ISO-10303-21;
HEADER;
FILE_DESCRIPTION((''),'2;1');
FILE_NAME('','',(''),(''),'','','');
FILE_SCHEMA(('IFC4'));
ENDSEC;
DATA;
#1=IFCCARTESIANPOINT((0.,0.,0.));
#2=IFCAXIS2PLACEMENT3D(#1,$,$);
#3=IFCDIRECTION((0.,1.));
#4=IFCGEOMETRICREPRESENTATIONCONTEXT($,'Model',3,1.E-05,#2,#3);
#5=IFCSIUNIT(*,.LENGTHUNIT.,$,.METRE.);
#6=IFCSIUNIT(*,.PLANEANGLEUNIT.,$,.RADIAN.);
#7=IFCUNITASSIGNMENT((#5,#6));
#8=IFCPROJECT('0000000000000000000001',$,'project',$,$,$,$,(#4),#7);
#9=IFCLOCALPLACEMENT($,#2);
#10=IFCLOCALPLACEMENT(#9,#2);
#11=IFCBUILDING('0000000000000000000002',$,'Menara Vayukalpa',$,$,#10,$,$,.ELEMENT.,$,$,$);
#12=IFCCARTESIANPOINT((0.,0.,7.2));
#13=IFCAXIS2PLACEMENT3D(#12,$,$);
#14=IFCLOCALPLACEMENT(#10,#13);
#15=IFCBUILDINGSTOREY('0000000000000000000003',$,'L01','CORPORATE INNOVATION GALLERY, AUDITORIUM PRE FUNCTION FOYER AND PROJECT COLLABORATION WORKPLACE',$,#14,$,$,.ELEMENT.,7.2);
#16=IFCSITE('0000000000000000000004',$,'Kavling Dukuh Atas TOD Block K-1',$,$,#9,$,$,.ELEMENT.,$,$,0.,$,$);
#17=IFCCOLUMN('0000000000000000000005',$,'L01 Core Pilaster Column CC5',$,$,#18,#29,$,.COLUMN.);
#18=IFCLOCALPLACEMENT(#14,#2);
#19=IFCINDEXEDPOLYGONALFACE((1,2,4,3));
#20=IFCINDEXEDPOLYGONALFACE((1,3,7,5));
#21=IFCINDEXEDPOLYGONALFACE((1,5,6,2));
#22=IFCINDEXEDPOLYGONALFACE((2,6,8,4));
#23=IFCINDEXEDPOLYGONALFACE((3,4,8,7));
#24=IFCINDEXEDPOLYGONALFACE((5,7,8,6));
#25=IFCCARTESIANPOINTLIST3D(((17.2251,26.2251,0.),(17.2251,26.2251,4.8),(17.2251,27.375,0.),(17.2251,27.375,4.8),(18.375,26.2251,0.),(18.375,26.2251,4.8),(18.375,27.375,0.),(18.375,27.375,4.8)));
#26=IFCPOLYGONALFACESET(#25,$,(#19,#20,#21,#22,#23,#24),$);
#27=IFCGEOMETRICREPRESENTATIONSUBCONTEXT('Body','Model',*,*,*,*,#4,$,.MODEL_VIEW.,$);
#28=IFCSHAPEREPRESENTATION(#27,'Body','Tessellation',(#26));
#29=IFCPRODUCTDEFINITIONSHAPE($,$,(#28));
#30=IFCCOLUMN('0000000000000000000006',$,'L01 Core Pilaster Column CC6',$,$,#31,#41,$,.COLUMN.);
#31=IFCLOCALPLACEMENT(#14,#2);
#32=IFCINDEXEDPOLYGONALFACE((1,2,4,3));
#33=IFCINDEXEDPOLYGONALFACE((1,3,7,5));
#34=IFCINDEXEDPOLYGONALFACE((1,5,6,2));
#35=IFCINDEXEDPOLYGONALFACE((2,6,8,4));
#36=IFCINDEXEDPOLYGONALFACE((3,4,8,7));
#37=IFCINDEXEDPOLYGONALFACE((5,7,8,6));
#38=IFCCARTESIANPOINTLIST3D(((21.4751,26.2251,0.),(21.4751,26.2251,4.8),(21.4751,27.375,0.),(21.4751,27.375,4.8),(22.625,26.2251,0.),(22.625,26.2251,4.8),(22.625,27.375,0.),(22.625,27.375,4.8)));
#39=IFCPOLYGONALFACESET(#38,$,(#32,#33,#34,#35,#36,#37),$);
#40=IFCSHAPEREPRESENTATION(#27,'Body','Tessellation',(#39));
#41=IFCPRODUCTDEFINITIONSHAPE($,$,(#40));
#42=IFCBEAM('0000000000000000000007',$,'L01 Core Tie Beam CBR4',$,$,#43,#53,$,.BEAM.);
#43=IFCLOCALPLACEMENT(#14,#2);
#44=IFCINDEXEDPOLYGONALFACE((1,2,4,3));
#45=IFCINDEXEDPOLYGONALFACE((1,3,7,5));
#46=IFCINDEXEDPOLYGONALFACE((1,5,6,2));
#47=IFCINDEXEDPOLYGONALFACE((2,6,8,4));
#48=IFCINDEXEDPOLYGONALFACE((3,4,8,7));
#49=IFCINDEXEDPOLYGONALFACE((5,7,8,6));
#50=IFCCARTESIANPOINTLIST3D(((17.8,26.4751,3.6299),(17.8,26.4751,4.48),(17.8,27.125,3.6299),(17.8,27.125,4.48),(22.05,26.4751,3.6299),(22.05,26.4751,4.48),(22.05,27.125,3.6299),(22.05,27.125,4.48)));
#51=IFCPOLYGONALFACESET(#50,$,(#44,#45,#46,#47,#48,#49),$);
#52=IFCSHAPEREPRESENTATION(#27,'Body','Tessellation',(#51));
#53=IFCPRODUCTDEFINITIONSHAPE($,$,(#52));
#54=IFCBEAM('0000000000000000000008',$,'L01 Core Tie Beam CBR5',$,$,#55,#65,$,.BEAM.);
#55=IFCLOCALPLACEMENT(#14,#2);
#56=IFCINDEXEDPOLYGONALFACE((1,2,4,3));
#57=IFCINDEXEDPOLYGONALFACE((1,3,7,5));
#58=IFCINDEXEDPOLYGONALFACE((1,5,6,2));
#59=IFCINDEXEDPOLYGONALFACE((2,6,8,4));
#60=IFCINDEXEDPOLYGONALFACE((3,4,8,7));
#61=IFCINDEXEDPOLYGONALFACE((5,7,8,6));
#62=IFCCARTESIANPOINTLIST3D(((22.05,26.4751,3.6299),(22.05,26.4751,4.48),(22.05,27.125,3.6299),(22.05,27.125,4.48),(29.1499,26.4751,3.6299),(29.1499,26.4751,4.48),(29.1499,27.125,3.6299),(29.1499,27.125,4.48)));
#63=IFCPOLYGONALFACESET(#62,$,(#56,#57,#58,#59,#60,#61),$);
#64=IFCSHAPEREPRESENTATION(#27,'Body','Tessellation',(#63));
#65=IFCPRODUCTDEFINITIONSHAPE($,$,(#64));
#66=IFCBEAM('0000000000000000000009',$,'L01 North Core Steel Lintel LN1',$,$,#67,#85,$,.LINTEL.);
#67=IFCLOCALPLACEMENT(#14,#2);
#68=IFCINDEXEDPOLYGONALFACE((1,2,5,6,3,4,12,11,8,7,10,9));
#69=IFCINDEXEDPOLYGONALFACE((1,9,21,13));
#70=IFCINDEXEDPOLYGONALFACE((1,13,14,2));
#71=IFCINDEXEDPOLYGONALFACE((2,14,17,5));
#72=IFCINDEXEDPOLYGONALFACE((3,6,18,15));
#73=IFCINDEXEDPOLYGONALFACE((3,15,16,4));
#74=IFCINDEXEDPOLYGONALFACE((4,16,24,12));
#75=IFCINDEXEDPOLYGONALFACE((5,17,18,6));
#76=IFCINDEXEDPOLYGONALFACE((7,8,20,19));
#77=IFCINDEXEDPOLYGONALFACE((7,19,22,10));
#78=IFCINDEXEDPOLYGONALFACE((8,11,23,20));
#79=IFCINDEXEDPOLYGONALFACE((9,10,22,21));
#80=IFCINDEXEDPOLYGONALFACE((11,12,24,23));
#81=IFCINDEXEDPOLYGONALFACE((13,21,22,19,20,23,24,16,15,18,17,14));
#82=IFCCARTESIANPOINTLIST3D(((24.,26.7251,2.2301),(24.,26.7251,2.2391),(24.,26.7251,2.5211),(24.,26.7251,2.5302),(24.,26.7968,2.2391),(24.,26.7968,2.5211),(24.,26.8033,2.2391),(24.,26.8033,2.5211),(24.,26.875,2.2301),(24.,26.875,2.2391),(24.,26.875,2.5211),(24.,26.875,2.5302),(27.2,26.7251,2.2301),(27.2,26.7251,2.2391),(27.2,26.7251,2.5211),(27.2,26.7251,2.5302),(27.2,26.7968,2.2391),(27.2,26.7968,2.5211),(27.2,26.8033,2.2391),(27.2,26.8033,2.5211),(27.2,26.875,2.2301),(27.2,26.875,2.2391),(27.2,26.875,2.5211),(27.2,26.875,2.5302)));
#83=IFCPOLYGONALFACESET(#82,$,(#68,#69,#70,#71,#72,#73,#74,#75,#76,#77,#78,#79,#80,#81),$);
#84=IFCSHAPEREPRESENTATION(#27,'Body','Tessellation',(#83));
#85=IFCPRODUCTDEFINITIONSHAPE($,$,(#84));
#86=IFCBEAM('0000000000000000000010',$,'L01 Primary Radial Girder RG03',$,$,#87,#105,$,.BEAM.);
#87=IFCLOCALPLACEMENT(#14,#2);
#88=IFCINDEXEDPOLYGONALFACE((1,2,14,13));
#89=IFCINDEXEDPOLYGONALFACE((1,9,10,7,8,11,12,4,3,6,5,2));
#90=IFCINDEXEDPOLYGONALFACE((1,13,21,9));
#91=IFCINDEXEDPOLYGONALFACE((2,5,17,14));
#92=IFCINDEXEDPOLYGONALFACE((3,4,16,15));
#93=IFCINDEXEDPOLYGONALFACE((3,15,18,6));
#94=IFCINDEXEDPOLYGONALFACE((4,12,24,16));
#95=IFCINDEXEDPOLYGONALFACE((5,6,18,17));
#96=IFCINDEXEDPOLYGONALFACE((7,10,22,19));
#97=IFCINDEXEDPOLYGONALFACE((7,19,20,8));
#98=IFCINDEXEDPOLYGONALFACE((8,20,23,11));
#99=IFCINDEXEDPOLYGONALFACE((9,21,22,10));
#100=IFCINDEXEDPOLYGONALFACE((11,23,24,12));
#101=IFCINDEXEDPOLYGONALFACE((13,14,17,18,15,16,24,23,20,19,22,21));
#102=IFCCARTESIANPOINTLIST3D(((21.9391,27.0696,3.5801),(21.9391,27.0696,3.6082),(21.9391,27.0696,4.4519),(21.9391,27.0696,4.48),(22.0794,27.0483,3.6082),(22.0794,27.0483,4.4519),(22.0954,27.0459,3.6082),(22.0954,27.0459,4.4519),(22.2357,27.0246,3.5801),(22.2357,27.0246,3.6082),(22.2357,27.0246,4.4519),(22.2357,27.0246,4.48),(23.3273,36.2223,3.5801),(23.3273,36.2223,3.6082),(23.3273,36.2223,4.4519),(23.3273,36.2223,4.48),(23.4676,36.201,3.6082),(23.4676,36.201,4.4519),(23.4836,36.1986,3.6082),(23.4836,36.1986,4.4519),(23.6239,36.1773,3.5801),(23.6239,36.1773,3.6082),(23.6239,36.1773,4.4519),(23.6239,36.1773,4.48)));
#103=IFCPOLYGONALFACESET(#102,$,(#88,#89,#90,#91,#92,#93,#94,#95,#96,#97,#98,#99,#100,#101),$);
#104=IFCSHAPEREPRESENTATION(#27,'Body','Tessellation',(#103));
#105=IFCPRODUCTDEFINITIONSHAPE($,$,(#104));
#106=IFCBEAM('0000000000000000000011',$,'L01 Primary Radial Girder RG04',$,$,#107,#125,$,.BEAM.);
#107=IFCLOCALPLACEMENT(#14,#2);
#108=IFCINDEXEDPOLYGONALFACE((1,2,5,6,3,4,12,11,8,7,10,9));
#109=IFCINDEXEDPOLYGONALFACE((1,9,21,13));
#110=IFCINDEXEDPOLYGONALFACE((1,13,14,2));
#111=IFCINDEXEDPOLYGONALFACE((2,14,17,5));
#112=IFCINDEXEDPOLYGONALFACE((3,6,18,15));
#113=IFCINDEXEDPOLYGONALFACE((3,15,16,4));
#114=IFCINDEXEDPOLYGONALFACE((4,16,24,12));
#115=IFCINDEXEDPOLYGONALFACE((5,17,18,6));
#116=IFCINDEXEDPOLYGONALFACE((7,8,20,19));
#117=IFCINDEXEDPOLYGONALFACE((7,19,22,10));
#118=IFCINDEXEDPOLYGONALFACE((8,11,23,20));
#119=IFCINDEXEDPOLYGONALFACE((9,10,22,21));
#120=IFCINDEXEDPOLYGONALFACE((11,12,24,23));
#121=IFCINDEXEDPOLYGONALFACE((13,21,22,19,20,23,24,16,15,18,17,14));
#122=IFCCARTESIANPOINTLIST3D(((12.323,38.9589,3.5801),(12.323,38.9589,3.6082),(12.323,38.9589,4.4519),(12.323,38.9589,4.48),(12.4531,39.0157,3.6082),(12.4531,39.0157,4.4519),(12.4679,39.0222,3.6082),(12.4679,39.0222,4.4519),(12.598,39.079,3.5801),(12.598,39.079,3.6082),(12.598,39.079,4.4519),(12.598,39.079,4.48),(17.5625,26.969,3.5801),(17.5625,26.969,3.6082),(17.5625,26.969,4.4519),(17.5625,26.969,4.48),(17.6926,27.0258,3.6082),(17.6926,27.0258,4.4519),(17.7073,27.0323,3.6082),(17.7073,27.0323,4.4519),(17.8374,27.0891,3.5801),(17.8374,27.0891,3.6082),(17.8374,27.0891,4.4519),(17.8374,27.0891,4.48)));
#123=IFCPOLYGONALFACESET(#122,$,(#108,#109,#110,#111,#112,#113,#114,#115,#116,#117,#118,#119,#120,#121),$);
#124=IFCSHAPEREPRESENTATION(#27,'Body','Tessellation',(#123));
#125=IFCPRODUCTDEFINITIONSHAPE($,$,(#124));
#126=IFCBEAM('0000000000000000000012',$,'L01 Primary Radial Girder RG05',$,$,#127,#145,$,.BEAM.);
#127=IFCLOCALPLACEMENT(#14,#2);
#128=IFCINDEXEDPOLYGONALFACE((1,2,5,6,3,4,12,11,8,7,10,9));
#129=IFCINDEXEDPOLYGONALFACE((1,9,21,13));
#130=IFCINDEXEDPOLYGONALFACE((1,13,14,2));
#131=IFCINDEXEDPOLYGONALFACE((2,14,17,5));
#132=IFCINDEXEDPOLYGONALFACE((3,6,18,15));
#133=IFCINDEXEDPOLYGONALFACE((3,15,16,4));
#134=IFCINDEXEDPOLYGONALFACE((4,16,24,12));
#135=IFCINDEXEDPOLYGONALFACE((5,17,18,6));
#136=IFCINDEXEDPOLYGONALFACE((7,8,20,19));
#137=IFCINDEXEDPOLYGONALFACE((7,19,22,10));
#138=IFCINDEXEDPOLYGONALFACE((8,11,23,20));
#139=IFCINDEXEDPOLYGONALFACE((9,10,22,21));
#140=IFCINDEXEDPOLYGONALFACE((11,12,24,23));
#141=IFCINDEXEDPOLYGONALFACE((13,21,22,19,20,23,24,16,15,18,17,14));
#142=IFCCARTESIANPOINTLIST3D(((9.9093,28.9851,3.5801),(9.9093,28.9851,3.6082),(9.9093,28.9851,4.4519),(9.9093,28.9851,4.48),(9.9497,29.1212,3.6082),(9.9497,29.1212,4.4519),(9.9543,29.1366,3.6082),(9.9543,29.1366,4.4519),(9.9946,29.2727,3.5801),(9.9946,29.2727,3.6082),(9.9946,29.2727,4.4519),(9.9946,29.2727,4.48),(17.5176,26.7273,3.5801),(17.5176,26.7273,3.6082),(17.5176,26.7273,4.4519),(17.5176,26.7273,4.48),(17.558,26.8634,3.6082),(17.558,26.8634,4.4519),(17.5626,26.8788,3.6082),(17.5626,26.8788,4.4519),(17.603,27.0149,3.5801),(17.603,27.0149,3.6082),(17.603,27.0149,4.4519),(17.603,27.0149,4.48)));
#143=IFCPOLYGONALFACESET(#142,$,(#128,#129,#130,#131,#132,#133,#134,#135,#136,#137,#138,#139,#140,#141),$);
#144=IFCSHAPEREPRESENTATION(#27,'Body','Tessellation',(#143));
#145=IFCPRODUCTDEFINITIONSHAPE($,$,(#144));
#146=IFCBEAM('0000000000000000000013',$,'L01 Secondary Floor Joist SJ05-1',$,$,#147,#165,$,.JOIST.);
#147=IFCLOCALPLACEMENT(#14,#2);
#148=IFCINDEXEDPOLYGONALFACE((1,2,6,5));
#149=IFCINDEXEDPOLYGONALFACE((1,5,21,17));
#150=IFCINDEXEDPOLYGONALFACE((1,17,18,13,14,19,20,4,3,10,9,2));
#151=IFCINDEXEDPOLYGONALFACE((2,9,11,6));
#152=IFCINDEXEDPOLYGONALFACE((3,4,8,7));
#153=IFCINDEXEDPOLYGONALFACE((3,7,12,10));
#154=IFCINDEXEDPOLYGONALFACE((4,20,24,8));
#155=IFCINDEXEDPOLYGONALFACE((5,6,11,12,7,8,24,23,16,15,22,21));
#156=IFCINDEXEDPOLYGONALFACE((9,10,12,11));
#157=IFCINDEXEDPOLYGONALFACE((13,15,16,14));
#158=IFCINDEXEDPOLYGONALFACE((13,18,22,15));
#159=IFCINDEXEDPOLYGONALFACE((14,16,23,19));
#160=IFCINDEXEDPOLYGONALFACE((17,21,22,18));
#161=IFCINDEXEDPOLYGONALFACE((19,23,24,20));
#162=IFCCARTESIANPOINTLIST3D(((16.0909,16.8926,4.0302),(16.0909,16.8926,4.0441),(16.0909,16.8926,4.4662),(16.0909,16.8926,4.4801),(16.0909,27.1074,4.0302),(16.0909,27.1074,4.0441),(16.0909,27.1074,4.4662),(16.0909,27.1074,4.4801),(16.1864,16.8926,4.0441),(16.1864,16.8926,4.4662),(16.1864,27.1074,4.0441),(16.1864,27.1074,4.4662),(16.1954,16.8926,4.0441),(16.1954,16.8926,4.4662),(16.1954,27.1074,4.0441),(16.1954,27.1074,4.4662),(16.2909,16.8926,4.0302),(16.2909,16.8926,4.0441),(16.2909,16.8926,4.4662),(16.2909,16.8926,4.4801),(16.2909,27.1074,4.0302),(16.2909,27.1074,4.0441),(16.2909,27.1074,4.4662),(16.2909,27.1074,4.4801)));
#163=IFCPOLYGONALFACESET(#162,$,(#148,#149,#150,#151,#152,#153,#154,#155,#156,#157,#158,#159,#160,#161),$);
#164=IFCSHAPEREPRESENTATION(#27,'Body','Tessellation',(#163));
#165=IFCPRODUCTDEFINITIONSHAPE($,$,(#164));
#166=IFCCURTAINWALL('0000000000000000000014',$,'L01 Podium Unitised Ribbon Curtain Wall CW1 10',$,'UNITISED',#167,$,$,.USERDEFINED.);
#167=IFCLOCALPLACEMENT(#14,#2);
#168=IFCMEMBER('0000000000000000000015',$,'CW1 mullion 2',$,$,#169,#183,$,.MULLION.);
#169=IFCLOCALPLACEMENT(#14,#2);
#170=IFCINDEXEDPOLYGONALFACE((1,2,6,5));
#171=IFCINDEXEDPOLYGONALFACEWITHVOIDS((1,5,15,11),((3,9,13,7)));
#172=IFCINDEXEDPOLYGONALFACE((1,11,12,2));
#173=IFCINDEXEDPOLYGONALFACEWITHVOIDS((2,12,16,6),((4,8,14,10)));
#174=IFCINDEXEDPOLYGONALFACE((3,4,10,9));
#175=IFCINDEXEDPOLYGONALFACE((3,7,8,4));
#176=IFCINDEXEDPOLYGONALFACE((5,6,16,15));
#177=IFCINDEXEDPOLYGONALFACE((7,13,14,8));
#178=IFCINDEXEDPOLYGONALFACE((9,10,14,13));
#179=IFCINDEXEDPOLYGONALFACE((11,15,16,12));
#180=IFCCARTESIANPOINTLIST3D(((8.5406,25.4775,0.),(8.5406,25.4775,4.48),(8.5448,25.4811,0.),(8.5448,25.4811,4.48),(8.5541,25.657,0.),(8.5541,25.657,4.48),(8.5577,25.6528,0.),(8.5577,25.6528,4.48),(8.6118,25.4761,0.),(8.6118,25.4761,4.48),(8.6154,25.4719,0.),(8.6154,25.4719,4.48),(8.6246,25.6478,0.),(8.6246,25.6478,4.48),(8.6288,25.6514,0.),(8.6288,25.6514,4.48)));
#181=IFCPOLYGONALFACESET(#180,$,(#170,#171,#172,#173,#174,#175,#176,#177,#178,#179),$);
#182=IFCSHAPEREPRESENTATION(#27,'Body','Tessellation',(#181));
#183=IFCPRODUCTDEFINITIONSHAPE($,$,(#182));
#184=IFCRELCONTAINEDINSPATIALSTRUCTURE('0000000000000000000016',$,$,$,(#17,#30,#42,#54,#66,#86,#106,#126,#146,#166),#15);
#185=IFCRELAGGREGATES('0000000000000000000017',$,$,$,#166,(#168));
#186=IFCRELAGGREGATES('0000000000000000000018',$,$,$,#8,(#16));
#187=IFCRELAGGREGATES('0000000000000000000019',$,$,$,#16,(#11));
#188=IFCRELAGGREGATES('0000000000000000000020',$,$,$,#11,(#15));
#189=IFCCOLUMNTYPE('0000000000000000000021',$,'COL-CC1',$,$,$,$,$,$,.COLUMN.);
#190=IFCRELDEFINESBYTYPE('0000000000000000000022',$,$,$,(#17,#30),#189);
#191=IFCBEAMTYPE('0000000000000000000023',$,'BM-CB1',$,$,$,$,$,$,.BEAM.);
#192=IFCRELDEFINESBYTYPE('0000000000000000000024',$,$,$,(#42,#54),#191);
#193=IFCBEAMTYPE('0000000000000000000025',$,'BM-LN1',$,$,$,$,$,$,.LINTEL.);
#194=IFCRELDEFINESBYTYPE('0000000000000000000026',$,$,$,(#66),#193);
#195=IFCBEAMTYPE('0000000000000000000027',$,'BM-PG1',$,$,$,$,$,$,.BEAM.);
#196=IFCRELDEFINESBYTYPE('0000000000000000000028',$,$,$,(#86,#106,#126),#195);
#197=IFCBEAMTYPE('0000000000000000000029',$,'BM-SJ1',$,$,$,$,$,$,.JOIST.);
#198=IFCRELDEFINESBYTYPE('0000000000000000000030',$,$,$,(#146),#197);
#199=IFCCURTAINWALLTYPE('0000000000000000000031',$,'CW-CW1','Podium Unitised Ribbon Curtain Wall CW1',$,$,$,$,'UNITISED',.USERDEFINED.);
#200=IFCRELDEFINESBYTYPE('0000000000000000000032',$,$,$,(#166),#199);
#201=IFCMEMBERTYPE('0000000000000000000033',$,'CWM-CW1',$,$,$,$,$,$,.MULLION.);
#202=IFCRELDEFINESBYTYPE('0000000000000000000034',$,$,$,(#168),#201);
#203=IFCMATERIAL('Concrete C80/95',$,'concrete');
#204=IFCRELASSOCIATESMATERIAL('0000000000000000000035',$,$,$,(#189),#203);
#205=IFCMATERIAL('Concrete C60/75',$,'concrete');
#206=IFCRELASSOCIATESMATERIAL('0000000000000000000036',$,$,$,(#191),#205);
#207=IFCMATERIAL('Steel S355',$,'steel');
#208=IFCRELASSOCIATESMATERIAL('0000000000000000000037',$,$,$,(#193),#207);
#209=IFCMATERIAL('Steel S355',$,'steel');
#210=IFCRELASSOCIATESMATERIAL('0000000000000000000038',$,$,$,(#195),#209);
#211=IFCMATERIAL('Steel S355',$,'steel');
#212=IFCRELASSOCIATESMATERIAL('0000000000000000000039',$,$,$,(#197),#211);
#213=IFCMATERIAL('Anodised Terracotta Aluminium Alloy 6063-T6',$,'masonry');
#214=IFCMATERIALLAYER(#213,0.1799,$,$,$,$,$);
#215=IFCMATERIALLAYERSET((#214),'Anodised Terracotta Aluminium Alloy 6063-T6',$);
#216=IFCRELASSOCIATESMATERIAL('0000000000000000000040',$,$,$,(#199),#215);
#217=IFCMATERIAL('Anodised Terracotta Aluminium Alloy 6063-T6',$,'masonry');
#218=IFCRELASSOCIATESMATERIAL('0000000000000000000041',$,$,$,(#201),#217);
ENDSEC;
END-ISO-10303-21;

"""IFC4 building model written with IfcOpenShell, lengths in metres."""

from ifc_helpers import new_model, si_unit, direction, frame, origin, origin_2d, place, context, subcontext, project, spatial, rectangle, hollow_rectangle, i_section, extrude, material, layer, layer_set, material_profile, profile_set, type_object, element, aggregate, save


model = new_model("IFC4")

# Units and contexts
model_context = context("Model", 3, precision=1e-05, world=origin(), true_north=direction((0.0, 1.0)))
body_context = subcontext(model_context, "Body", "Model", "MODEL_VIEW")
ifc_project = project(units=[si_unit("LENGTHUNIT", "METRE"), si_unit("PLANEANGLEUNIT", "RADIAN")], contexts=[model_context])

# Site, building, storey
site_placement = place(None, origin())
site = spatial("IfcSite", under=ifc_project, at=site_placement, Name="Kavling Dukuh Atas TOD Block K-1", CompositionType="ELEMENT", RefElevation=0.0)
building_placement = place(site_placement, origin())
building = spatial("IfcBuilding", under=site, at=building_placement, Name="Menara Vayukalpa", CompositionType="ELEMENT")
storey_placement = place(building_placement, frame((0.0, 0.0, 7.2)))
storey = spatial("IfcBuildingStorey", under=building, at=storey_placement, Name="L01", Description="CORPORATE INNOVATION GALLERY, AUDITORIUM PRE FUNCTION FOYER AND PROJECT COLLABORATION WORKPLACE", CompositionType="ELEMENT", Elevation=7.2)

# Columns
ifc_material_1 = material(Name="Concrete C80/95", Category="concrete")
ifc_material_profile_1 = material_profile(ifc_material_1, rectangle(XDim=1.1499, YDim=1.1499, at=origin_2d()), Name="RC 1150x1150")
ifc_profile_set_1 = profile_set([ifc_material_profile_1], Name="Concrete C80/95")
column_type = type_object("IfcColumnType", Name="COL-CC1", PredefinedType="COLUMN", material=ifc_profile_set_1)
for number, where, z_axis, x_axis, name in (
    (1, (17.8, 26.8, 0.0), (0.0, 0.0, 1.0), (1.0, 0.0, 0.0), "L01 Core Pilaster Column CC5"),
    (2, (22.05, 26.8, 0.0), (0.0, 0.0, 1.0), (1.0, 0.0, 0.0), "L01 Core Pilaster Column CC6"),
):
    element("IfcColumn", number, at=place(storey_placement, frame(where, z_axis=z_axis, x_axis=x_axis)), inside=storey, type_object=column_type, Name=name, PredefinedType="COLUMN", context=body_context, shape_type="SweptSolid", body=[
        extrude(rectangle(XDim=1.1499, YDim=1.1499, at=origin_2d()), origin(), (0.0, 0.0, 1.0), 4.8),
    ])

# Beams
ifc_material_2 = material(Name="Concrete C60/75", Category="concrete")
ifc_material_profile_2 = material_profile(ifc_material_2, rectangle(XDim=0.6499, YDim=0.8501, at=origin_2d()), Name="RC 650x850")
ifc_profile_set_2 = profile_set([ifc_material_profile_2], Name="Concrete C60/75")
beam_type_1 = type_object("IfcBeamType", Name="BM-CB1", PredefinedType="BEAM", material=ifc_profile_set_2)
beam_1_placement = place(storey_placement, frame((17.8, 26.8, 4.0549), z_axis=(1.0, 0.0, 0.0), x_axis=(0.0, 1.0, 0.0)))
element("IfcBeam", 3, at=beam_1_placement, inside=storey, type_object=beam_type_1, Name="L01 Core Tie Beam CBR4", PredefinedType="BEAM", context=body_context, shape_type="SweptSolid", body=[
    extrude(rectangle(XDim=0.6499, YDim=0.8501, at=origin_2d()), origin(), (0.0, 0.0, 1.0), 4.25),
])
beam_2_placement = place(storey_placement, frame((22.05, 26.8, 4.0549), z_axis=(1.0, 0.0, 0.0), x_axis=(0.0, 1.0, 0.0)))
element("IfcBeam", 4, at=beam_2_placement, inside=storey, type_object=beam_type_1, Name="L01 Core Tie Beam CBR5", PredefinedType="BEAM", context=body_context, shape_type="SweptSolid", body=[
    extrude(rectangle(XDim=0.6499, YDim=0.8501, at=origin_2d()), origin(), (0.0, 0.0, 1.0), 7.0999),
])
ifc_material_3 = material(Name="Steel S355", Category="steel")
ifc_material_profile_3 = material_profile(ifc_material_3, i_section(OverallWidth=0.1499, OverallDepth=0.3, WebThickness=0.0066, FlangeThickness=0.009, at=origin_2d()), Name="WF 300x150x6.5x9")
ifc_profile_set_3 = profile_set([ifc_material_profile_3], Name="Steel S355")
beam_type_2 = type_object("IfcBeamType", Name="BM-LN1", PredefinedType="LINTEL", material=ifc_profile_set_3)
beam_3_placement = place(storey_placement, frame((24.0, 26.8, 2.3801), z_axis=(1.0, 0.0, 0.0), x_axis=(0.0, 1.0, 0.0)))
element("IfcBeam", 5, at=beam_3_placement, inside=storey, type_object=beam_type_2, Name="L01 North Core Steel Lintel LN1", PredefinedType="LINTEL", context=body_context, shape_type="SweptSolid", body=[
    extrude(i_section(OverallWidth=0.1499, OverallDepth=0.3, WebThickness=0.0066, FlangeThickness=0.009, at=origin_2d()), origin(), (0.0, 0.0, 1.0), 3.2),
])
ifc_material_4 = material(Name="Steel S355", Category="steel")
ifc_material_profile_4 = material_profile(ifc_material_4, i_section(OverallWidth=0.3, OverallDepth=0.8999, WebThickness=0.0161, FlangeThickness=0.0281, at=origin_2d()), Name="WF 900x300x16x28")
ifc_profile_set_4 = profile_set([ifc_material_profile_4], Name="Steel S355")
beam_type_3 = type_object("IfcBeamType", Name="BM-PG1", PredefinedType="BEAM", material=ifc_profile_set_4)
beam_4_placement = place(storey_placement, frame((22.0874, 27.0471, 4.03), z_axis=(0.149956, 0.988693, 0.0), x_axis=(-0.988693, 0.149956, 0.0)))
element("IfcBeam", 6, at=beam_4_placement, inside=storey, type_object=beam_type_3, Name="L01 Primary Radial Girder RG03", PredefinedType="BEAM", context=body_context, shape_type="SweptSolid", body=[
    extrude(i_section(OverallWidth=0.3, OverallDepth=0.8999, WebThickness=0.0161, FlangeThickness=0.0281, at=origin_2d()), origin(), (0.0, 0.0, 1.0), 9.2573),
])
beam_5_placement = place(storey_placement, frame((17.7, 27.0291, 4.03), z_axis=(-0.400426, 0.916329, 0.0), x_axis=(-0.916329, -0.400426, 0.0)))
element("IfcBeam", 7, at=beam_5_placement, inside=storey, type_object=beam_type_3, Name="L01 Primary Radial Girder RG04", PredefinedType="BEAM", context=body_context, shape_type="SweptSolid", body=[
    extrude(i_section(OverallWidth=0.3, OverallDepth=0.8999, WebThickness=0.0161, FlangeThickness=0.0281, at=origin_2d()), origin(), (0.0, 0.0, 1.0), 13.0847),
])
beam_6_placement = place(storey_placement, frame((17.5603, 26.8711, 4.03), z_axis=(-0.958679, 0.284491, 0.0), x_axis=(-0.284491, -0.958679, 0.0)))
element("IfcBeam", 8, at=beam_6_placement, inside=storey, type_object=beam_type_3, Name="L01 Primary Radial Girder RG05", PredefinedType="BEAM", context=body_context, shape_type="SweptSolid", body=[
    extrude(i_section(OverallWidth=0.3, OverallDepth=0.8999, WebThickness=0.0161, FlangeThickness=0.0281, at=origin_2d()), origin(), (0.0, 0.0, 1.0), 7.9363),
])
ifc_material_5 = material(Name="Steel S355", Category="steel")
ifc_material_profile_5 = material_profile(ifc_material_5, i_section(OverallWidth=0.2, OverallDepth=0.45, WebThickness=0.009, FlangeThickness=0.0139, at=origin_2d()), Name="WF 450x200x9x14")
ifc_profile_set_5 = profile_set([ifc_material_profile_5], Name="Steel S355")
beam_type_4 = type_object("IfcBeamType", Name="BM-SJ1", PredefinedType="JOIST", material=ifc_profile_set_5)
beam_7_placement = place(storey_placement, frame((16.1909, 27.1074, 4.2551), z_axis=(0.0, -1.0, 0.0), x_axis=(1.0, 0.0, 0.0)))
element("IfcBeam", 9, at=beam_7_placement, inside=storey, type_object=beam_type_4, Name="L01 Secondary Floor Joist SJ05-1", PredefinedType="JOIST", context=body_context, shape_type="SweptSolid", body=[
    extrude(i_section(OverallWidth=0.2, OverallDepth=0.45, WebThickness=0.009, FlangeThickness=0.0139, at=origin_2d()), origin(), (0.0, 0.0, 1.0), 10.2148),
])

# Curtain wall, member
ifc_material_6 = material(Name="Anodised Terracotta Aluminium Alloy 6063-T6", Category="masonry")
ifc_layer_1 = layer(ifc_material_6, 0.1799)
ifc_layer_set_1 = layer_set([ifc_layer_1], Name="Anodised Terracotta Aluminium Alloy 6063-T6")
curtain_wall_type = type_object("IfcCurtainWallType", Name="CW-CW1", Description="Podium Unitised Ribbon Curtain Wall CW1", ElementType="UNITISED", PredefinedType="USERDEFINED", material=ifc_layer_set_1)
curtain_wall_1_placement = place(storey_placement, origin())
curtain_wall_1 = element("IfcCurtainWall", 10, at=curtain_wall_1_placement, inside=storey, type_object=curtain_wall_type, Name="L01 Podium Unitised Ribbon Curtain Wall CW1 10", ObjectType="UNITISED", PredefinedType="USERDEFINED")
ifc_material_7 = material(Name="Anodised Terracotta Aluminium Alloy 6063-T6", Category="masonry")
ifc_material_profile_6 = material_profile(ifc_material_7, hollow_rectangle(XDim=0.075, YDim=0.1799, WallThickness=0.0039, at=origin_2d()), Name="ALU 75x180x4")
ifc_profile_set_6 = profile_set([ifc_material_profile_6], Name="Anodised Terracotta Aluminium Alloy 6063-T6")
member_type_1 = type_object("IfcMemberType", Name="CWM-CW1", PredefinedType="MULLION", material=ifc_profile_set_6)
member_1_placement = place(storey_placement, frame((8.5847, 25.5645, 0.0), z_axis=(0.0, 0.0, 1.0), x_axis=(0.997199, -0.074794, 0.0)))
member_1 = element("IfcMember", 11, at=member_1_placement, type_object=member_type_1, Name="CW1 mullion 2", PredefinedType="MULLION", context=body_context, shape_type="SweptSolid", body=[
    extrude(hollow_rectangle(XDim=0.075, YDim=0.1799, WallThickness=0.0039, at=origin_2d()), origin(), (0.0, 0.0, 1.0), 4.48),
])

aggregate(curtain_wall_1, [member_1])

save(model, "model.ifc")
